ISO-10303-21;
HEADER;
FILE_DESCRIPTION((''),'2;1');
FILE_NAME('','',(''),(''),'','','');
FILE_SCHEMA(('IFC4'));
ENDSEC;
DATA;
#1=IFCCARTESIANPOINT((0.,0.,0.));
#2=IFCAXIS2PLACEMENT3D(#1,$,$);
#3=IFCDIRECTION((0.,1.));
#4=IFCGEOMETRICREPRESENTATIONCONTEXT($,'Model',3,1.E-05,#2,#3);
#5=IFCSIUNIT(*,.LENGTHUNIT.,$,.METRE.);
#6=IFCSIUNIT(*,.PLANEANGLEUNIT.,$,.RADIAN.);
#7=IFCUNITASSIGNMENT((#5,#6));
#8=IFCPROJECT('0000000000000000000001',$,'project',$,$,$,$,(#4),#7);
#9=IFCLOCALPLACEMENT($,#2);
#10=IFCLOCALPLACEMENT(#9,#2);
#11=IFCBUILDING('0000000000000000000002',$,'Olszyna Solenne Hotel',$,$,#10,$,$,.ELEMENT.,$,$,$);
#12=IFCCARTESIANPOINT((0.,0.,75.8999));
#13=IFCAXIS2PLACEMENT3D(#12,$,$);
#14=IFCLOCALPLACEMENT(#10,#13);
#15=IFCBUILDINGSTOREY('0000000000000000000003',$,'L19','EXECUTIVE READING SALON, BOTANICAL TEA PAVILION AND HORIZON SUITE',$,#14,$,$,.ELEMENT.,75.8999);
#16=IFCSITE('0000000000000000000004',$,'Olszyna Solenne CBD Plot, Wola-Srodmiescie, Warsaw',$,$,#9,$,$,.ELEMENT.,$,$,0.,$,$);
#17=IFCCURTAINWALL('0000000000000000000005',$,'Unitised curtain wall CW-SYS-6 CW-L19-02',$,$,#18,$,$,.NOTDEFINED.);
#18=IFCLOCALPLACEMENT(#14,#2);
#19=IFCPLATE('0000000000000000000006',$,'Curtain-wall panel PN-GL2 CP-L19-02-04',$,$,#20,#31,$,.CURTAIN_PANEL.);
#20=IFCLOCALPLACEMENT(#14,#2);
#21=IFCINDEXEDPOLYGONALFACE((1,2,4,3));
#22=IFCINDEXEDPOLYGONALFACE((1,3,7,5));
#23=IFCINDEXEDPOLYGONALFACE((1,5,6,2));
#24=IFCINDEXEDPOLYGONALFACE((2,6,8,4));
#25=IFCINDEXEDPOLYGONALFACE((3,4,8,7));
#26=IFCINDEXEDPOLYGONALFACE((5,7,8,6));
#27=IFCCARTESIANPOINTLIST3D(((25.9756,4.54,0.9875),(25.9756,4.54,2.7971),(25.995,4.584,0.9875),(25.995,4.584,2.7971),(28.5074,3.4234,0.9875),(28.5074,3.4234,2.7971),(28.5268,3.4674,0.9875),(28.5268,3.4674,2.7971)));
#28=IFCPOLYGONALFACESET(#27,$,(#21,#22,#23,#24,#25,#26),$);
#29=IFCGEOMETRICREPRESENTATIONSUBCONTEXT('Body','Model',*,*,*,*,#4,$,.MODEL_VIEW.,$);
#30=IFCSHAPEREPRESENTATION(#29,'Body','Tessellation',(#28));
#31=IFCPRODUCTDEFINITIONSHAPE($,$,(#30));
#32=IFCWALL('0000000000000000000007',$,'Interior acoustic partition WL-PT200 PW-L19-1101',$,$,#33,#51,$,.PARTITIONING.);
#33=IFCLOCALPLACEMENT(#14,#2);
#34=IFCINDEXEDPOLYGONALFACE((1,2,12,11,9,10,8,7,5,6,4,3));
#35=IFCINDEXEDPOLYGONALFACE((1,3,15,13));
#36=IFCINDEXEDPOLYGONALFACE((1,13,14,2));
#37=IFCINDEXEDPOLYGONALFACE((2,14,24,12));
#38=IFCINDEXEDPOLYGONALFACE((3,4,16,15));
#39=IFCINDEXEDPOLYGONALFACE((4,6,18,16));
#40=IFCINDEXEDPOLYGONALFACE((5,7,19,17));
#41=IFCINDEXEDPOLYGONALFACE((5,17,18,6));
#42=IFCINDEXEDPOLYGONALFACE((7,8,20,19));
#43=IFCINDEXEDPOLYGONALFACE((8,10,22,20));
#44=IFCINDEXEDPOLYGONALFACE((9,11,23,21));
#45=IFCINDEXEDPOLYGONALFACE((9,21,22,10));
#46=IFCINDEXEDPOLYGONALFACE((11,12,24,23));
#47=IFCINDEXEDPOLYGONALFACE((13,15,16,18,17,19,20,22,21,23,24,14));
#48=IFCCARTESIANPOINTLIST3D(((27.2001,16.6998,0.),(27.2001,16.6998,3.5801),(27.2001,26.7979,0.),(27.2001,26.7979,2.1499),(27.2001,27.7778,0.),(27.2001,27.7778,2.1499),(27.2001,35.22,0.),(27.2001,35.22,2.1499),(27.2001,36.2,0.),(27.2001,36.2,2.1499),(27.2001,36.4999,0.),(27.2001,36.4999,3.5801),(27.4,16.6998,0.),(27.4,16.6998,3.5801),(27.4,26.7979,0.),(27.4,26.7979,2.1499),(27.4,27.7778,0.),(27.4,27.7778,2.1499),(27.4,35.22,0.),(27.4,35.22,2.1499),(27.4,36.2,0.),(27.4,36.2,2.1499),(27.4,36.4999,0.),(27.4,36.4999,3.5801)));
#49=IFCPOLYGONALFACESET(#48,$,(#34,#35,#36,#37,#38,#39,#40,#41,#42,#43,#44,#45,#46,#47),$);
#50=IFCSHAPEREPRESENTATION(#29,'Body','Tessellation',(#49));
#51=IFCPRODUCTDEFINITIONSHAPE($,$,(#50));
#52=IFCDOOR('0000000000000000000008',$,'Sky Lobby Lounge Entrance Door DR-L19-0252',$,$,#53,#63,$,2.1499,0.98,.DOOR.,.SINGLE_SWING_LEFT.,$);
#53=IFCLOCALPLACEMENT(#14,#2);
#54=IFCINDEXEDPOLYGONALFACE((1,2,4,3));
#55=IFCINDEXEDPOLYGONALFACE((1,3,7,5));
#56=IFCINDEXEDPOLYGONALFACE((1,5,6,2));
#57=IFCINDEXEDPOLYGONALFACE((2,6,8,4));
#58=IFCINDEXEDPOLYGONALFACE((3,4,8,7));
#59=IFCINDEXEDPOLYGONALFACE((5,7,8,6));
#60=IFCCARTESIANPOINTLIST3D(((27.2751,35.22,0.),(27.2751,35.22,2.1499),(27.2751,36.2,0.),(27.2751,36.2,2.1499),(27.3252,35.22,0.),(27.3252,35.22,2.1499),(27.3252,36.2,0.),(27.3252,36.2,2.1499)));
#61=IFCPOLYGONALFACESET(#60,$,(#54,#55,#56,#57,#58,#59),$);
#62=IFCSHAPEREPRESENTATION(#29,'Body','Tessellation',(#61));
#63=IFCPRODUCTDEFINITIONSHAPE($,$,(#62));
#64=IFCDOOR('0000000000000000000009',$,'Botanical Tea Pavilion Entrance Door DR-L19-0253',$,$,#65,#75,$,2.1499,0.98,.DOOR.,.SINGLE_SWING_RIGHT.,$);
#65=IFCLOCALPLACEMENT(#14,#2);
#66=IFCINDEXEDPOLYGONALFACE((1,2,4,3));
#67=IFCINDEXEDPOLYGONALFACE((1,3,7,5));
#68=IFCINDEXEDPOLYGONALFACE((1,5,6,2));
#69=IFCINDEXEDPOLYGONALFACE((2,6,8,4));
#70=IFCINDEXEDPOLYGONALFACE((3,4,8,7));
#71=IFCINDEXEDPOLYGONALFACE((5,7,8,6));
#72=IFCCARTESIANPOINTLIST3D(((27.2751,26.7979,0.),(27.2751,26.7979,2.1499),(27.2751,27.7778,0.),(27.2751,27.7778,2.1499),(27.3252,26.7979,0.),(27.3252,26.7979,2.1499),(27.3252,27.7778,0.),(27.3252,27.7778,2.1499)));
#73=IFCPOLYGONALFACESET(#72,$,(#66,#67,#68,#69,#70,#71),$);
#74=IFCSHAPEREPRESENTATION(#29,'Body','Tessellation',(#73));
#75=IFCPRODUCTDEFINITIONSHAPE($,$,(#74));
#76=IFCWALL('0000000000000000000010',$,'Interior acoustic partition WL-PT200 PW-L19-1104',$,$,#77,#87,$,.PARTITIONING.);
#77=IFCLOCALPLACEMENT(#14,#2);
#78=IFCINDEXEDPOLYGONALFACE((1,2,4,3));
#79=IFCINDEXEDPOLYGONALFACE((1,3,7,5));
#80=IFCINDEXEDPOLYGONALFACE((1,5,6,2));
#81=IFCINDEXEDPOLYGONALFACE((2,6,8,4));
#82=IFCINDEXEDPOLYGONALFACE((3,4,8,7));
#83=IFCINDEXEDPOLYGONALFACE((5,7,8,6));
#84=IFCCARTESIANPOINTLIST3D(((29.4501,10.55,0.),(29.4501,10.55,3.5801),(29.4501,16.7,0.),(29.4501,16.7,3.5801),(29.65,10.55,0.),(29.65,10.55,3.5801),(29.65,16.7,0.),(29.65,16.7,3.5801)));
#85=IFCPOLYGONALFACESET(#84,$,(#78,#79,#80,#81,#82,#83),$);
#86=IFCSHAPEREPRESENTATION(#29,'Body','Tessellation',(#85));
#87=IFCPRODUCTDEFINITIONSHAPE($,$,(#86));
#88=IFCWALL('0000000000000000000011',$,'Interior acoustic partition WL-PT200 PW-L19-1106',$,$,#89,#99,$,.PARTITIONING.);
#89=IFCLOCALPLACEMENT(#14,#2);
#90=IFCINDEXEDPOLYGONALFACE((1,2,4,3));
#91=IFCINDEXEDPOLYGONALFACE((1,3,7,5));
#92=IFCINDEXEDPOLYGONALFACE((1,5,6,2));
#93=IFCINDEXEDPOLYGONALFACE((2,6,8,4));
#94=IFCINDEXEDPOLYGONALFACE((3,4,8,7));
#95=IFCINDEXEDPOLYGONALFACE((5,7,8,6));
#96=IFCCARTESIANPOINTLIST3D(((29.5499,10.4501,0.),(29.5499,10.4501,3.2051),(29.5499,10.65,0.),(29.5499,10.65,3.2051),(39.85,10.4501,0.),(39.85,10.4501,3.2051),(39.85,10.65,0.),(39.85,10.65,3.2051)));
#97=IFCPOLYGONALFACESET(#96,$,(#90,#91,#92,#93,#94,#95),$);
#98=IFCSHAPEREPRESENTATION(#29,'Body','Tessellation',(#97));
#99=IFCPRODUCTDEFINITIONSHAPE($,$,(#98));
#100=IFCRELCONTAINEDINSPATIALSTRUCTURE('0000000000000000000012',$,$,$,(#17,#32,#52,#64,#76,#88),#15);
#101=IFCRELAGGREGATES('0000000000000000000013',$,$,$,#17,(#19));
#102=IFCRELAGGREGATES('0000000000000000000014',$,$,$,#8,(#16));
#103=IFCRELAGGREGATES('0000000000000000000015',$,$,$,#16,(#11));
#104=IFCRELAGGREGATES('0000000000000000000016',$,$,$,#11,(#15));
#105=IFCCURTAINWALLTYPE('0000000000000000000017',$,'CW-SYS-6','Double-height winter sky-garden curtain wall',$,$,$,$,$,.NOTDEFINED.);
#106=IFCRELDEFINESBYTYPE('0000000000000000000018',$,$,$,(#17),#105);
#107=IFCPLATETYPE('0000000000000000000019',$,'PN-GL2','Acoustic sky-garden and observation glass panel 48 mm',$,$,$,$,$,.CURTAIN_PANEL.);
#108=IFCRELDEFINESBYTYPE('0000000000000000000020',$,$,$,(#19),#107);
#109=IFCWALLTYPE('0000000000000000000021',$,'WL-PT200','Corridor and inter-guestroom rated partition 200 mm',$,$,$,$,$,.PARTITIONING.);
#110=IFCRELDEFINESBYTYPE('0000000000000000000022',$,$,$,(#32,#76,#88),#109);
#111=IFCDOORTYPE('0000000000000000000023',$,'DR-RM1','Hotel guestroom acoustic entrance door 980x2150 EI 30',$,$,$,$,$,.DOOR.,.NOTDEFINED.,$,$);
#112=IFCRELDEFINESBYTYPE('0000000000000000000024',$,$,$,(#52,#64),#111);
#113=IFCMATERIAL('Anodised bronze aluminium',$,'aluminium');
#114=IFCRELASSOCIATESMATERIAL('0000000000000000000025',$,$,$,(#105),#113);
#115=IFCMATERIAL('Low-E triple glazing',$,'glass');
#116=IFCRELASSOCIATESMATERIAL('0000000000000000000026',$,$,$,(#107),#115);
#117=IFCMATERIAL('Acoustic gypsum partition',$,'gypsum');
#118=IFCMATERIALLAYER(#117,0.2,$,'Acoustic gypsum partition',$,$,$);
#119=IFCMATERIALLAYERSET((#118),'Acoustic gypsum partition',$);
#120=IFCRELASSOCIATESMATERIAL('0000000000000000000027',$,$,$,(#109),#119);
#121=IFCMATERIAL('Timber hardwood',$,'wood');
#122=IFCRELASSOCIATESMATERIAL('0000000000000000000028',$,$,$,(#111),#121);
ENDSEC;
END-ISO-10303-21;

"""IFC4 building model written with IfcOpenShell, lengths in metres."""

from ifc_helpers import new_model, si_unit, direction, frame, frame_2d, origin, origin_2d, place, context, subcontext, project, spatial, rectangle, extrude, source, transform, mapped, material, layer, layer_set, type_object, type_shapes, element, fill, aggregate, save


model = new_model("IFC4")

# Units and contexts
model_context = context("Model", 3, precision=1e-05, world=origin(), true_north=direction((0.0, 1.0)))
body_context = subcontext(model_context, "Body", "Model", "MODEL_VIEW")
ifc_project = project(units=[si_unit("LENGTHUNIT", "METRE"), si_unit("PLANEANGLEUNIT", "RADIAN")], contexts=[model_context])

# Site, building, storey
site_placement = place(None, origin())
site = spatial("IfcSite", under=ifc_project, at=site_placement, Name="Olszyna Solenne CBD Plot, Wola-Srodmiescie, Warsaw", CompositionType="ELEMENT", RefElevation=0.0)
building_placement = place(site_placement, origin())
building = spatial("IfcBuilding", under=site, at=building_placement, Name="Olszyna Solenne Hotel", CompositionType="ELEMENT")
storey_placement = place(building_placement, frame((0.0, 0.0, 75.8999)))
storey = spatial("IfcBuildingStorey", under=building, at=storey_placement, Name="L19", Description="EXECUTIVE READING SALON, BOTANICAL TEA PAVILION AND HORIZON SUITE", CompositionType="ELEMENT", Elevation=75.8999)

# Shared definitions
ifc_material_1 = material(Name="Anodised bronze aluminium", Category="aluminium")
curtain_wall_type = type_object("IfcCurtainWallType", Name="CW-SYS-6", Description="Double-height winter sky-garden curtain wall", PredefinedType="NOTDEFINED", material=ifc_material_1)

# Curtain wall
curtain_wall_1_placement = place(storey_placement, origin())
curtain_wall_1 = element("IfcCurtainWall", 1, at=curtain_wall_1_placement, inside=storey, type_object=curtain_wall_type, Name="Unitised curtain wall CW-SYS-6 CW-L19-02", PredefinedType="NOTDEFINED")

# Plate
ifc_material_2 = material(Name="Low-E triple glazing", Category="glass")
plate_type_1 = type_object("IfcPlateType", Name="PN-GL2", Description="Acoustic sky-garden and observation glass panel 48 mm", PredefinedType="CURTAIN_PANEL", material=ifc_material_2)
shared_shape_1 = source(origin(), body_context, "Body", "SweptSolid", [
    extrude(rectangle(XDim=2.7671, YDim=0.0481, at=origin_2d()), origin(), (0.0, 0.0, 1.0), 1.8096),
])
plate_1_placement = place(storey_placement, frame((27.2512, 4.0037, 0.9875), z_axis=(0.0, 0.0, 1.0), x_axis=(0.914968, -0.403527, 0.0)))
plate_1 = element("IfcPlate", 2, at=plate_1_placement, type_object=plate_type_1, Name="Curtain-wall panel PN-GL2 CP-L19-02-04", PredefinedType="CURTAIN_PANEL", context=body_context, shape_type="MappedRepresentation", body=[
    mapped(shared_shape_1, transform((0.0, 0.0, 0.0), x_axis=(1.0, 0.0, 0.0), y_axis=(0.0, 1.0, 0.0), z_axis=(0.0, 0.0, 1.0), scale=1.0)),
])
aggregate(curtain_wall_1, [plate_1])

# Shared definitions
ifc_material_3 = material(Name="Acoustic gypsum partition", Category="gypsum")
ifc_layer = layer(ifc_material_3, 0.2, Name="Acoustic gypsum partition")
ifc_layer_set = layer_set([ifc_layer], Name="Acoustic gypsum partition")
wall_type = type_object("IfcWallType", Name="WL-PT200", Description="Corridor and inter-guestroom rated partition 200 mm", PredefinedType="PARTITIONING", material=ifc_layer_set)
ifc_material_4 = material(Name="Timber hardwood", Category="wood")
door_type = type_object("IfcDoorType", Name="DR-RM1", Description="Hotel guestroom acoustic entrance door 980x2150 EI 30", OperationType="NOTDEFINED", PredefinedType="DOOR", material=ifc_material_4)
shared_shape_2 = source(origin(), body_context, "Body", "SweptSolid", [
    extrude(rectangle(XDim=0.98, YDim=2.1499, at=frame_2d((0.49, 1.075))), frame((0.0, 0.0249, 0.0), z_axis=(0.0, -1.0, 0.0), x_axis=(1.0, 0.0, 0.0)), (0.0, 0.0, 1.0), 0.05),
])
type_shapes(door_type, [shared_shape_2])

# Wall, openings, doors
wall_1_placement = place(storey_placement, frame((27.3, 16.7, 0.0), z_axis=(0.0, 0.0, 1.0), x_axis=(0.0, 1.0, 0.0)))
wall_1 = element("IfcWall", 3, at=wall_1_placement, inside=storey, type_object=wall_type, Name="Interior acoustic partition WL-PT200 PW-L19-1101", PredefinedType="PARTITIONING", context=body_context, shape_type="SweptSolid", body=[
    extrude(rectangle(XDim=19.8, YDim=0.2, at=frame_2d((9.8999, 0.0))), origin(), (0.0, 0.0, 1.0), 3.5801),
])
opening_1_placement = place(wall_1_placement, frame((18.52, 0.0, 0.0)))
opening_1 = element("IfcOpeningElement", 4, at=opening_1_placement, cuts=wall_1, PredefinedType="OPENING", context=body_context, shape_type="SweptSolid", body=[
    extrude(rectangle(XDim=0.98, YDim=2.1499, at=frame_2d((0.49, 1.075))), frame((0.0, 0.1099, 0.0), z_axis=(0.0, -1.0, 0.0), x_axis=(1.0, 0.0, 0.0)), (0.0, 0.0, 1.0), 0.22),
])
opening_2_placement = place(wall_1_placement, frame((10.0979, 0.0, 0.0)))
opening_2 = element("IfcOpeningElement", 5, at=opening_2_placement, cuts=wall_1, PredefinedType="OPENING", context=body_context, shape_type="SweptSolid", body=[
    extrude(rectangle(XDim=0.98, YDim=2.1499, at=frame_2d((0.49, 1.075))), frame((0.0, 0.1099, 0.0), z_axis=(0.0, -1.0, 0.0), x_axis=(1.0, 0.0, 0.0)), (0.0, 0.0, 1.0), 0.22),
])
door_1_placement = place(opening_1_placement, origin())
door_1 = element("IfcDoor", 6, at=door_1_placement, inside=storey, type_object=door_type, Name="Sky Lobby Lounge Entrance Door DR-L19-0252", OperationType="SINGLE_SWING_LEFT", OverallHeight=2.1499, OverallWidth=0.98, PredefinedType="DOOR", context=body_context, shape_type="MappedRepresentation", body=[
    mapped(shared_shape_2, transform((0.0, 0.0, 0.0), x_axis=(1.0, 0.0, 0.0), y_axis=(0.0, 1.0, 0.0), z_axis=(0.0, 0.0, 1.0), scale=1.0)),
])
fill(opening_1, door_1)
door_2_placement = place(opening_2_placement, origin())
door_2 = element("IfcDoor", 7, at=door_2_placement, inside=storey, type_object=door_type, Name="Botanical Tea Pavilion Entrance Door DR-L19-0253", OperationType="SINGLE_SWING_RIGHT", OverallHeight=2.1499, OverallWidth=0.98, PredefinedType="DOOR", context=body_context, shape_type="MappedRepresentation", body=[
    mapped(shared_shape_2, transform((0.0, 0.0, 0.0), x_axis=(1.0, 0.0, 0.0), y_axis=(0.0, 1.0, 0.0), z_axis=(0.0, 0.0, 1.0), scale=1.0)),
])
fill(opening_2, door_2)

# Walls
wall_2_placement = place(storey_placement, frame((29.55, 10.55, 0.0), z_axis=(0.0, 0.0, 1.0), x_axis=(0.0, 1.0, 0.0)))
element("IfcWall", 8, at=wall_2_placement, inside=storey, type_object=wall_type, Name="Interior acoustic partition WL-PT200 PW-L19-1104", PredefinedType="PARTITIONING", context=body_context, shape_type="SweptSolid", body=[
    extrude(rectangle(XDim=6.1499, YDim=0.2, at=frame_2d((3.075, 0.0))), origin(), (0.0, 0.0, 1.0), 3.5801),
])
wall_3_placement = place(storey_placement, frame((29.55, 10.55, 0.0), z_axis=(0.0, 0.0, 1.0), x_axis=(1.0, 0.0, 0.0)))
element("IfcWall", 9, at=wall_3_placement, inside=storey, type_object=wall_type, Name="Interior acoustic partition WL-PT200 PW-L19-1106", PredefinedType="PARTITIONING", context=body_context, shape_type="SweptSolid", body=[
    extrude(rectangle(XDim=10.3, YDim=0.2, at=frame_2d((5.1499, 0.0))), origin(), (0.0, 0.0, 1.0), 3.2051),
])

save(model, "model.ifc")
